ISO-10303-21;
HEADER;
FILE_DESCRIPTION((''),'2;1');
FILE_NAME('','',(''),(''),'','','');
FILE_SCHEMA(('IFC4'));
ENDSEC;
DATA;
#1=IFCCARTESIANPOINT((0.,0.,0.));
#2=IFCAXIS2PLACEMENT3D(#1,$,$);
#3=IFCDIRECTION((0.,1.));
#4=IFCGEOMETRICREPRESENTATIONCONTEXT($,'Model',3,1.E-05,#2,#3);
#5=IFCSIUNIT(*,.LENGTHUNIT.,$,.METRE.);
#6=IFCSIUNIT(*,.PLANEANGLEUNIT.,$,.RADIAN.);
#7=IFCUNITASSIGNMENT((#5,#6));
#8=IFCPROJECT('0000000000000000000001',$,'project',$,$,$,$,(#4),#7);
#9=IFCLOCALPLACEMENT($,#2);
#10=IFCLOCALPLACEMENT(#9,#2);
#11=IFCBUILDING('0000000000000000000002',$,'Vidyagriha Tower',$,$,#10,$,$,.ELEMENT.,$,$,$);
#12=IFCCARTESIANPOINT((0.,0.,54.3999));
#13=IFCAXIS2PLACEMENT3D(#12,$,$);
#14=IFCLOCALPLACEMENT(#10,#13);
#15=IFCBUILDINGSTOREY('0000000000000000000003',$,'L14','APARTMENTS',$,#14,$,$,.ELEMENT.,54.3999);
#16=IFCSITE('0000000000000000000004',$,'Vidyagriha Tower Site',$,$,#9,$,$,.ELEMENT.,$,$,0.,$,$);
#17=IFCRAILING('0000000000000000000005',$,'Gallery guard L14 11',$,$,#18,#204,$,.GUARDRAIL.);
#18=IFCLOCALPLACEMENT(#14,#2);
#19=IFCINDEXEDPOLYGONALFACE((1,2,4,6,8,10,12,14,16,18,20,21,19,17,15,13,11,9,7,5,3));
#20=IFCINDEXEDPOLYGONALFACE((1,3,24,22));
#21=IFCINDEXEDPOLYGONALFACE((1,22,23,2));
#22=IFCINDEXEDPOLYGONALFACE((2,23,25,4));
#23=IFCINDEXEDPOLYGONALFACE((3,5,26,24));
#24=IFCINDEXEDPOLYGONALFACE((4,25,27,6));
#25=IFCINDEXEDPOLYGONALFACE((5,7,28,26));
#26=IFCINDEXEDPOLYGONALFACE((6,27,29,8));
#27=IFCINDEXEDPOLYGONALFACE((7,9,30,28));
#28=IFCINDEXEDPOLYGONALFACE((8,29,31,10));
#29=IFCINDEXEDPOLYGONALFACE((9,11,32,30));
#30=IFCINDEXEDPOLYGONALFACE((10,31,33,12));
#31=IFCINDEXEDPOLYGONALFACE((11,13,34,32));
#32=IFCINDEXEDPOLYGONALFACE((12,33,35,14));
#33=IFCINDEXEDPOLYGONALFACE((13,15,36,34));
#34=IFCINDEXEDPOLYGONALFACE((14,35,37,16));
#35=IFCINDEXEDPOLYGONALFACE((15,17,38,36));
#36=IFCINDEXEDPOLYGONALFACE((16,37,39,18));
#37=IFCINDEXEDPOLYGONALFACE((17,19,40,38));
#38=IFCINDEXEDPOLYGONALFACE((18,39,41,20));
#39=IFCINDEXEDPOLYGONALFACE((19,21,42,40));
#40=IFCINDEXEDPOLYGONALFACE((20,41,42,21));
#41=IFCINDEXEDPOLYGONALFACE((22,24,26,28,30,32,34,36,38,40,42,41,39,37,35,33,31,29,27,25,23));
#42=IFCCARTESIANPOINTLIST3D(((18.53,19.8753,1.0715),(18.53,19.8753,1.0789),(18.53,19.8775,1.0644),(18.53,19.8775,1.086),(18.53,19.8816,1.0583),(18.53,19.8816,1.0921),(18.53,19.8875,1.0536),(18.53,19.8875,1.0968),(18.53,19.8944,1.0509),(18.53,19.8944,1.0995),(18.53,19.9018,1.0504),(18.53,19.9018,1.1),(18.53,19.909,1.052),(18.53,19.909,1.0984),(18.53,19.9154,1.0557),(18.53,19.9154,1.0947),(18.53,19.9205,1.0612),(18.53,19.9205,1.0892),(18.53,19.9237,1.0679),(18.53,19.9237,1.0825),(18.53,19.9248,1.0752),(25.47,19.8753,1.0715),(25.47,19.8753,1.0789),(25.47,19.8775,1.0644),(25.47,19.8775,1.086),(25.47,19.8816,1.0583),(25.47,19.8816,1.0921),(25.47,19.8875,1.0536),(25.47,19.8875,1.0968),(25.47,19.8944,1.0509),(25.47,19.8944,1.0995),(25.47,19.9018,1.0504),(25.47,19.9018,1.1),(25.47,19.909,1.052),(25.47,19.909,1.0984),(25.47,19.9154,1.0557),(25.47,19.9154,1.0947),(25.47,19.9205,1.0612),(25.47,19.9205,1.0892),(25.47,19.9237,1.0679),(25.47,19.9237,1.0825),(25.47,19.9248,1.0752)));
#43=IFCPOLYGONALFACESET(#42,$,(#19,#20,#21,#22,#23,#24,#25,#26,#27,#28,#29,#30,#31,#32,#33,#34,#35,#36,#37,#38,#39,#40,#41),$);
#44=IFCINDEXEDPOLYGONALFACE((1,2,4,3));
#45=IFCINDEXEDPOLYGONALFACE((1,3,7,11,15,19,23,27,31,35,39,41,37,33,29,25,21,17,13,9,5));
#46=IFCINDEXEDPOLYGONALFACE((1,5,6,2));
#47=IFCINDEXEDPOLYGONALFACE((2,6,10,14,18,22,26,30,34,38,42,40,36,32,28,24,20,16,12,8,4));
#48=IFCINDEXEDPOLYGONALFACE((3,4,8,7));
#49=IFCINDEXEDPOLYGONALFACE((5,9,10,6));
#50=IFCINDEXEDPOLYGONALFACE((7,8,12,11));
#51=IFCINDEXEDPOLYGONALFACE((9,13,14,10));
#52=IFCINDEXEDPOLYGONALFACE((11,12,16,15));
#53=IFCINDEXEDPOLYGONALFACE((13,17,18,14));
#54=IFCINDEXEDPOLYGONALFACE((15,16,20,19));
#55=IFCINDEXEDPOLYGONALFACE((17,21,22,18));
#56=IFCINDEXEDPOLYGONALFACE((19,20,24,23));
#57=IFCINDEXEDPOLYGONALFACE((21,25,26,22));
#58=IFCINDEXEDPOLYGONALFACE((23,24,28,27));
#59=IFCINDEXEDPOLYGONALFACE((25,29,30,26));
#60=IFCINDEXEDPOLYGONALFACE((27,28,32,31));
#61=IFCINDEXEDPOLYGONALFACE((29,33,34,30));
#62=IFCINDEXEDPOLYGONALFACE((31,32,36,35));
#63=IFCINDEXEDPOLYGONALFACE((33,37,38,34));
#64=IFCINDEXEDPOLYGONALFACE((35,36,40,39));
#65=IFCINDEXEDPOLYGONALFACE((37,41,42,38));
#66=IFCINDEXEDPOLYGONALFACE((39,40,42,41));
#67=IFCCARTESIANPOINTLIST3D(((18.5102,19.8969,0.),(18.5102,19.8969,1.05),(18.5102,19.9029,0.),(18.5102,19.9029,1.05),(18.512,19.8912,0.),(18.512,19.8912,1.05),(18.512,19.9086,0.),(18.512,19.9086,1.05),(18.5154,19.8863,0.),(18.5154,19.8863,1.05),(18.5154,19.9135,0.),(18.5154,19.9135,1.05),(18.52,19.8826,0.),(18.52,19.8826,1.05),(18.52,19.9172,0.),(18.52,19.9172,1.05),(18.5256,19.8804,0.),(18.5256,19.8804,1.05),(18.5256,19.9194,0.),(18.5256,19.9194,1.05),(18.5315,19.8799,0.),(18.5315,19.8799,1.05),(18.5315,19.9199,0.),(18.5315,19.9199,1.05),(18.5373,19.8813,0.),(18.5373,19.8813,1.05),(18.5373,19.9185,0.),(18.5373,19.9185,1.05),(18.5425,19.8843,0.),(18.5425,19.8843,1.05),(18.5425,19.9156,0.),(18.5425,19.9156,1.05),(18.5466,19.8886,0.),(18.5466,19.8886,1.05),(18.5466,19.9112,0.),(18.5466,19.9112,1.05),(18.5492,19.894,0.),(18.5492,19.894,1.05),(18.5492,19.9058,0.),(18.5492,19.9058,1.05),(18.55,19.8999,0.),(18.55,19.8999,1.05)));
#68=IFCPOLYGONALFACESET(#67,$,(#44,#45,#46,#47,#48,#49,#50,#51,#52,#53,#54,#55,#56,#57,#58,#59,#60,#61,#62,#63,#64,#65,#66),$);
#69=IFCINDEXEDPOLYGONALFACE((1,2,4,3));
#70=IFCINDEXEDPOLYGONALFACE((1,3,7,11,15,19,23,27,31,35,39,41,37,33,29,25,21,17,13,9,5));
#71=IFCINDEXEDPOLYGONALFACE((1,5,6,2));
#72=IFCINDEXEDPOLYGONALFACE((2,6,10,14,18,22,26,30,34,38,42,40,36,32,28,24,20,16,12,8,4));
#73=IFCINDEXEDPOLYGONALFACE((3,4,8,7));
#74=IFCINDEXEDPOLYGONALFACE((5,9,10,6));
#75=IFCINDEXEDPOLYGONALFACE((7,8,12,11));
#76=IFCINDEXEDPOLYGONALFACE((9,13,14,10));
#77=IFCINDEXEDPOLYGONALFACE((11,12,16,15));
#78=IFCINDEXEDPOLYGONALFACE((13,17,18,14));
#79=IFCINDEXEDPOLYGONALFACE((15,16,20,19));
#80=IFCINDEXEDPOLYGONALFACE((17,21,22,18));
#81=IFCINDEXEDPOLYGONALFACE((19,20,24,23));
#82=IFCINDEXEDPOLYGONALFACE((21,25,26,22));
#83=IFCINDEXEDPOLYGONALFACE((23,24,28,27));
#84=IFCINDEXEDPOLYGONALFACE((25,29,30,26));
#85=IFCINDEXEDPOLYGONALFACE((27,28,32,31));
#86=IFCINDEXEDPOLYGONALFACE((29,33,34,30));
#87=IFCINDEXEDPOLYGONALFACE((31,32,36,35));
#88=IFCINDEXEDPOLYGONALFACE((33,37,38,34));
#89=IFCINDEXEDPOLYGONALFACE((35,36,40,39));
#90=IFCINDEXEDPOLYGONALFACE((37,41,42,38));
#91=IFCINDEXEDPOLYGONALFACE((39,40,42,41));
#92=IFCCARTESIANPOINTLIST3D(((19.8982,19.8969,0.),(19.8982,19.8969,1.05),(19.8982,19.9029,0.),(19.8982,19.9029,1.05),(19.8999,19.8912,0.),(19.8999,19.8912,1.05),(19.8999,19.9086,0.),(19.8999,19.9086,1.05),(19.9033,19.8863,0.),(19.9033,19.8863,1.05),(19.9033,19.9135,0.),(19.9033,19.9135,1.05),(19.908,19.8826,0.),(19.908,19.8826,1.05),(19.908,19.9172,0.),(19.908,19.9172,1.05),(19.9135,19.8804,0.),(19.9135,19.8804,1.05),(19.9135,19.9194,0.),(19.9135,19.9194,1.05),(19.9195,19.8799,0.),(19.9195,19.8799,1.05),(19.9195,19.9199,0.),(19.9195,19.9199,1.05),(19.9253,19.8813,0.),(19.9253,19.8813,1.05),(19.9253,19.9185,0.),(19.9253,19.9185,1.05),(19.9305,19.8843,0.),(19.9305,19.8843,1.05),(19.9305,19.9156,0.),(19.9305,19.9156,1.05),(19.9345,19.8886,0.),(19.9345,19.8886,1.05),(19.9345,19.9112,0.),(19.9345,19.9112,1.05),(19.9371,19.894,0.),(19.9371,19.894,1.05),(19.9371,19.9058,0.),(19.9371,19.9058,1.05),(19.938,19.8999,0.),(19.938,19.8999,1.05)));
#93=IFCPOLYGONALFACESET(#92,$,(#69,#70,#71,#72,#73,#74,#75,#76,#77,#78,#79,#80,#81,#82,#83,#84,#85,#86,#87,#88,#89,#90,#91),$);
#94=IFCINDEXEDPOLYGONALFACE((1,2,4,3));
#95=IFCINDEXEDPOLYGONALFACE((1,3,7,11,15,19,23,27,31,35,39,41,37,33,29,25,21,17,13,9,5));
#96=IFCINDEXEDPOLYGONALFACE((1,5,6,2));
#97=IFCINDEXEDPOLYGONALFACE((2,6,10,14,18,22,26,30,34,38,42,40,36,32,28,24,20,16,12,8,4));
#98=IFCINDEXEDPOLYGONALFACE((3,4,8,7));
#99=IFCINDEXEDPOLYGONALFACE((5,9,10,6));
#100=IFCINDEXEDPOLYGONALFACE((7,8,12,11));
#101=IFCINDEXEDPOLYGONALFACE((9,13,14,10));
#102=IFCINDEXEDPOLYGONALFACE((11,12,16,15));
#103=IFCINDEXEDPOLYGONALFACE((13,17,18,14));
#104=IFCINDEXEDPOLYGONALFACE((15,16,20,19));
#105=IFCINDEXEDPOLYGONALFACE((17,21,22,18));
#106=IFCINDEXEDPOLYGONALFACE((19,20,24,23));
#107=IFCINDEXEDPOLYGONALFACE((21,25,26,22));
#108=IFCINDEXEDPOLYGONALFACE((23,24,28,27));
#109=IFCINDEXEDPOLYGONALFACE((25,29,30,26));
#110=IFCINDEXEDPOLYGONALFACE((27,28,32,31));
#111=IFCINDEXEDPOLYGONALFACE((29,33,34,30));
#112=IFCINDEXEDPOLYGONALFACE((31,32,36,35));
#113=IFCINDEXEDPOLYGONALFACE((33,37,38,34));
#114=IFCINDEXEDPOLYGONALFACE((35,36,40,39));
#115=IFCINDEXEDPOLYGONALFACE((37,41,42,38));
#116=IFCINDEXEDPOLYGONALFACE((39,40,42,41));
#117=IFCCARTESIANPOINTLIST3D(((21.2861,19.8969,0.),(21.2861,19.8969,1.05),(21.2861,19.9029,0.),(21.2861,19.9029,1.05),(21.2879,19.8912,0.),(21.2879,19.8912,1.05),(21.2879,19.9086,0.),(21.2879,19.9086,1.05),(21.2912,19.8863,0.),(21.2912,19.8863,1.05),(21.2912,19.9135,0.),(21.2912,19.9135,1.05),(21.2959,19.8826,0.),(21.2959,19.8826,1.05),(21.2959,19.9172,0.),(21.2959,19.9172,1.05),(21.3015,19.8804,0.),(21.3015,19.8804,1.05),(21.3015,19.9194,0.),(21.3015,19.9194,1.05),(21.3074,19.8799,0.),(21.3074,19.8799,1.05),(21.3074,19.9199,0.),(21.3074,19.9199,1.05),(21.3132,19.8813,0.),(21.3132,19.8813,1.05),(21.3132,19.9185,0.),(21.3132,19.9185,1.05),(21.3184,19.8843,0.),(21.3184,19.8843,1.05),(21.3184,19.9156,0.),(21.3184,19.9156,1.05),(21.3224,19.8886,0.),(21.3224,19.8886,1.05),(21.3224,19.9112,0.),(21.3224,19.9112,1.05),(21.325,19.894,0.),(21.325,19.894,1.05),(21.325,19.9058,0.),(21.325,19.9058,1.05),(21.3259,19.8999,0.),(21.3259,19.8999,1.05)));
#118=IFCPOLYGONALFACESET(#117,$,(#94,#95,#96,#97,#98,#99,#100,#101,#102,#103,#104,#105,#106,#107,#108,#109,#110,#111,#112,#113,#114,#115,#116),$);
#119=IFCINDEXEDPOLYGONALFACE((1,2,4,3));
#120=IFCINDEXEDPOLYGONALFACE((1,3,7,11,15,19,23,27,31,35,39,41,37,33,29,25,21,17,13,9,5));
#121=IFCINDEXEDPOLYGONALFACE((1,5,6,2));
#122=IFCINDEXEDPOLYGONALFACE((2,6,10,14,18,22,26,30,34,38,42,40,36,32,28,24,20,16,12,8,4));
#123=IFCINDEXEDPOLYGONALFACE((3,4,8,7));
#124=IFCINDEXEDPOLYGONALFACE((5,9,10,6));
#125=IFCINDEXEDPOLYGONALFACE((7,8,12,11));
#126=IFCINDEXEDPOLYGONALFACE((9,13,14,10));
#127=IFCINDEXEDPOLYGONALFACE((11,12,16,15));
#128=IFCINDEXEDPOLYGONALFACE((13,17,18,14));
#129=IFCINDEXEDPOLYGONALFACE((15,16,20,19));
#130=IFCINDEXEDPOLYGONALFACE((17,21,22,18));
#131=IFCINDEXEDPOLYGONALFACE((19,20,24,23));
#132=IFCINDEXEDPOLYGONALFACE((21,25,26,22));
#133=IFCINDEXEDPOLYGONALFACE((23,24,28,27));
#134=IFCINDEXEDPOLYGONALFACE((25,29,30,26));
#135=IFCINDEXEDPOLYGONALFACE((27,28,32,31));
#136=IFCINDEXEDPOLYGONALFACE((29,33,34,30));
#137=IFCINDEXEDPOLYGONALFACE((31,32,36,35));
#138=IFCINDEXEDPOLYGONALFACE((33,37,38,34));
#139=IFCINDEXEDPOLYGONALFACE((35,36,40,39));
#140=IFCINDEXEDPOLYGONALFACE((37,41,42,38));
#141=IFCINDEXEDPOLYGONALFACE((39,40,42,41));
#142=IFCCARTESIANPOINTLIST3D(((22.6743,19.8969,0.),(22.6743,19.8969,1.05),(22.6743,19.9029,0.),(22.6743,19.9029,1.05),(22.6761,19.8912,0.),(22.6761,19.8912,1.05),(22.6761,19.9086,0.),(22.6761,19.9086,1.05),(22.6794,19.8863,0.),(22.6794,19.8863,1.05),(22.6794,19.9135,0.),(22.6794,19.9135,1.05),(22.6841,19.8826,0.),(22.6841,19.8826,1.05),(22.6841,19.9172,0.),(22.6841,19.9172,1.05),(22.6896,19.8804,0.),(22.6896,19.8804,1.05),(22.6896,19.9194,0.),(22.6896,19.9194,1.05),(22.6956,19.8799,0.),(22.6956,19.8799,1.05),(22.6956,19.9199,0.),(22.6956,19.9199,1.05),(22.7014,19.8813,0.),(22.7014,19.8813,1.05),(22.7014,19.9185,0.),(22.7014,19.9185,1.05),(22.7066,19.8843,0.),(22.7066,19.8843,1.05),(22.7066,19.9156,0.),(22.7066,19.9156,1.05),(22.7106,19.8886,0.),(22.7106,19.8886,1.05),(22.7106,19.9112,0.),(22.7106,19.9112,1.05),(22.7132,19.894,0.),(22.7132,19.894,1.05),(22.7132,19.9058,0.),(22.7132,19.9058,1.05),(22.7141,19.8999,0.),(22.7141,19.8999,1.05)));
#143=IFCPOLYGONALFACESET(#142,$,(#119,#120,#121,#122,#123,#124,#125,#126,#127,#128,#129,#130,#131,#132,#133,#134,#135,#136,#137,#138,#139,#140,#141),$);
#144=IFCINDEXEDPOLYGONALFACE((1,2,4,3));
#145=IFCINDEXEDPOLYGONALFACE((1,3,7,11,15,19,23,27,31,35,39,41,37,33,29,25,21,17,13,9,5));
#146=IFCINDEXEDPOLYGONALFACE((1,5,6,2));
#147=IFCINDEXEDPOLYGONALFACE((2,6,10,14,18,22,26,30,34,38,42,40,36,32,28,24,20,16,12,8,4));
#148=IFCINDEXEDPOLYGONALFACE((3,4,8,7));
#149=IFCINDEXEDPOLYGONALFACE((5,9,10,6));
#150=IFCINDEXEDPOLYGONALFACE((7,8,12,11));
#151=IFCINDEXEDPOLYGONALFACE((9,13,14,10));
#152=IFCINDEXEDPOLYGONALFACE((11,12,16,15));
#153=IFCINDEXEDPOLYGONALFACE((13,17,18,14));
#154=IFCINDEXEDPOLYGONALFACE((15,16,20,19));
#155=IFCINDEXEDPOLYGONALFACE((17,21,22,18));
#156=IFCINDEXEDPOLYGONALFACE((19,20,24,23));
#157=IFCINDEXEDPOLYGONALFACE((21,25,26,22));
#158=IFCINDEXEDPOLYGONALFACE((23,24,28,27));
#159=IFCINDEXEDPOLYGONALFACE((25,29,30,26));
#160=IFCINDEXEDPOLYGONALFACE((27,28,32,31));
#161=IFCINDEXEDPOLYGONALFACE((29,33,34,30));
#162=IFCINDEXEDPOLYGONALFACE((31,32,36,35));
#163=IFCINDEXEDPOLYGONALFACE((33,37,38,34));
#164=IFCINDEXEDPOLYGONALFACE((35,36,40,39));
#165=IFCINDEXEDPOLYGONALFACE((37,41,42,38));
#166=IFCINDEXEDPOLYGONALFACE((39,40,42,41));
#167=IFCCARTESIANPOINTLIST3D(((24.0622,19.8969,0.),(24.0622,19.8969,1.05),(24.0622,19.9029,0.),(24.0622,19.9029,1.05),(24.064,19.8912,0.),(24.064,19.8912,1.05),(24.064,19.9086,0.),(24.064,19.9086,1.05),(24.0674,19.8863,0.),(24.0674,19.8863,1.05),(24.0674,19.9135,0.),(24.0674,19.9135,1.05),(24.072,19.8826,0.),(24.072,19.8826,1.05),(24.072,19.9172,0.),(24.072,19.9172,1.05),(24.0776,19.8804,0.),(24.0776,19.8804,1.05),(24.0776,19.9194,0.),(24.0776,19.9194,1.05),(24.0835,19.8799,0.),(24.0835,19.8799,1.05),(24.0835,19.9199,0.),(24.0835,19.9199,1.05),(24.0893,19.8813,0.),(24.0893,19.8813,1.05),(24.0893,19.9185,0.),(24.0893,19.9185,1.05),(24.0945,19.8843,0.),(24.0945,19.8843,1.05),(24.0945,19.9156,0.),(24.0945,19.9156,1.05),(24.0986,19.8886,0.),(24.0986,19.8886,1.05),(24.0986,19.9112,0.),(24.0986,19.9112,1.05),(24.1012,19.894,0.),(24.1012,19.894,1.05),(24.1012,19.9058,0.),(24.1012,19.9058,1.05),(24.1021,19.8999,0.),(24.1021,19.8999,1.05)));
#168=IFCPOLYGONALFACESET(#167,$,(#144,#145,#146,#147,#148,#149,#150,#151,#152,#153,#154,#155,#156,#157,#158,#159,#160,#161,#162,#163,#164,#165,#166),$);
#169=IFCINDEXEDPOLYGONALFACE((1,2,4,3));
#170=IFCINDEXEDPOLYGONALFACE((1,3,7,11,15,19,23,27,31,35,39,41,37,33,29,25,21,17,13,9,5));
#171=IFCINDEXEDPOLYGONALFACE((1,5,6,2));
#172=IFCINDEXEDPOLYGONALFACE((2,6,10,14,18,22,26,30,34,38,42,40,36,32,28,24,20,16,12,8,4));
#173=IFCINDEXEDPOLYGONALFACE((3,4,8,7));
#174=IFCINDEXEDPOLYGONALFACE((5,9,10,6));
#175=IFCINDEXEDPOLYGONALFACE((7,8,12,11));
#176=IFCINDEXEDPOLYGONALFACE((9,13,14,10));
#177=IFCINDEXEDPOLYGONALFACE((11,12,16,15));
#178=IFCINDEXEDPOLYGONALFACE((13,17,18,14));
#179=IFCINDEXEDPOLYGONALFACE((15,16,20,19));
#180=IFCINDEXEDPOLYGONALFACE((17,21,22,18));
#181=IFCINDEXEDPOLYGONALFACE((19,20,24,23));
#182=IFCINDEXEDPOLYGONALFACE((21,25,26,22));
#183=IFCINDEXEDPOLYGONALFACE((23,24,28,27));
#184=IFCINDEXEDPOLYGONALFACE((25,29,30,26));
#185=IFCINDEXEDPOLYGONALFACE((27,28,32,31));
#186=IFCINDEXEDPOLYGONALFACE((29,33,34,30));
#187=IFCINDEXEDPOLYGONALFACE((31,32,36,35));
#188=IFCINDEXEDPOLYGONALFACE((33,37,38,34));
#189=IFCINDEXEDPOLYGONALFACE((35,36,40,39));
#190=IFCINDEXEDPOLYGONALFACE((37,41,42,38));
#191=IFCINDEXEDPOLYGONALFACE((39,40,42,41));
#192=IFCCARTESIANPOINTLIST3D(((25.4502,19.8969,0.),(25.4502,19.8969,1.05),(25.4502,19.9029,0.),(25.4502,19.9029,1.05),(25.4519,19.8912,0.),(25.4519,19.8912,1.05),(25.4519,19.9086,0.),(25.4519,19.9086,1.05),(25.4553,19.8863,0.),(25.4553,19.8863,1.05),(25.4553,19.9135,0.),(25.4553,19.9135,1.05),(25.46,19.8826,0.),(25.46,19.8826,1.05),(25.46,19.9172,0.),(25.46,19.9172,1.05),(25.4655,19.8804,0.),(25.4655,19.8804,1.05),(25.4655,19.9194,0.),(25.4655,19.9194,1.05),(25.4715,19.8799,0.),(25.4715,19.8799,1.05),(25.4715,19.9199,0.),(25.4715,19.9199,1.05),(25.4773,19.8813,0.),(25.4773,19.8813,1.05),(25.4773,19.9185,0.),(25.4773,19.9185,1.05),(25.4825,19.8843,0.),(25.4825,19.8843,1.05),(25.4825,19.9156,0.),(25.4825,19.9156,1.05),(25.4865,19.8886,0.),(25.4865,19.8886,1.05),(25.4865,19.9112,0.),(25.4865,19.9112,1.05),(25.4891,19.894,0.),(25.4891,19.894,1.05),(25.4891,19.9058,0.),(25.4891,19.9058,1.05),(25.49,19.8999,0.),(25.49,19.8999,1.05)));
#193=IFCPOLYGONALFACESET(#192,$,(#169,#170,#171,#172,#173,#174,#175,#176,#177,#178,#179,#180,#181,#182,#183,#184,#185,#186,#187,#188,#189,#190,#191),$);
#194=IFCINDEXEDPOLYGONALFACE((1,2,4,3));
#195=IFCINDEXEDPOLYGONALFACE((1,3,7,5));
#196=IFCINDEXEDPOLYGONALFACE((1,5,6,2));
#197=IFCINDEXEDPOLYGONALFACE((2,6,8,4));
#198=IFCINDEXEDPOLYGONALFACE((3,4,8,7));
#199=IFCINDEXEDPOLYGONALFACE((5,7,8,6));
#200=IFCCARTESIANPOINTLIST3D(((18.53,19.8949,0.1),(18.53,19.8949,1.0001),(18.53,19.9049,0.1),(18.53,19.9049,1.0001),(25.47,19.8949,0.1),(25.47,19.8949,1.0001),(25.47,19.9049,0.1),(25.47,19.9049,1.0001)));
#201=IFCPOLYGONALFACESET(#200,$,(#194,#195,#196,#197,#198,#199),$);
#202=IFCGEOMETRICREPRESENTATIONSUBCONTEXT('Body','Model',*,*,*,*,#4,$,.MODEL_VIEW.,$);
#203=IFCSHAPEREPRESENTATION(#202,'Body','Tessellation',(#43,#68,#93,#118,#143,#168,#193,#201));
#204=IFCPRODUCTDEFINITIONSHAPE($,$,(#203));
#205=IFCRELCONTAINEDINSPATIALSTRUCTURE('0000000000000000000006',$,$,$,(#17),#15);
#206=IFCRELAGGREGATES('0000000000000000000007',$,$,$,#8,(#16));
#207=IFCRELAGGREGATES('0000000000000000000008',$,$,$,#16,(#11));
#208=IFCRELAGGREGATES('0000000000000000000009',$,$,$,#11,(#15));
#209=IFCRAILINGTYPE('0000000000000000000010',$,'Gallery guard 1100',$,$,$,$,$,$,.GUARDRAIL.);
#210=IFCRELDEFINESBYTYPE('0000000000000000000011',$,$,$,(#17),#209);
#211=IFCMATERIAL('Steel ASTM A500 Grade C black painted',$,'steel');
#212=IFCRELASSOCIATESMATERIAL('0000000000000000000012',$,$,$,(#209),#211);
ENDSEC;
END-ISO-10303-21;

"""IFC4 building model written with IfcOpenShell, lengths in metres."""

from ifc_helpers import new_model, si_unit, direction, frame, origin, origin_2d, place, context, subcontext, project, spatial, rectangle, circle, extrude, material, type_object, element, save


model = new_model("IFC4")

# Units and contexts
model_context = context("Model", 3, precision=1e-05, world=origin(), true_north=direction((0.0, 1.0)))
body_context = subcontext(model_context, "Body", "Model", "MODEL_VIEW")
ifc_project = project(units=[si_unit("LENGTHUNIT", "METRE"), si_unit("PLANEANGLEUNIT", "RADIAN")], contexts=[model_context])

# Site, building, storey
site_placement = place(None, origin())
site = spatial("IfcSite", under=ifc_project, at=site_placement, Name="Vidyagriha Tower Site", CompositionType="ELEMENT", RefElevation=0.0)
building_placement = place(site_placement, origin())
building = spatial("IfcBuilding", under=site, at=building_placement, Name="Vidyagriha Tower", CompositionType="ELEMENT")
storey_placement = place(building_placement, frame((0.0, 0.0, 54.3999)))
storey = spatial("IfcBuildingStorey", under=building, at=storey_placement, Name="L14", Description="APARTMENTS", CompositionType="ELEMENT", Elevation=54.3999)

# Railing
ifc_material_1 = material(Name="Steel ASTM A500 Grade C black painted", Category="steel")
railing_type = type_object("IfcRailingType", Name="Gallery guard 1100", PredefinedType="GUARDRAIL", material=ifc_material_1)
railing_1_placement = place(storey_placement, frame((18.53, 19.8999, 0.0)))
element("IfcRailing", 1, at=railing_1_placement, inside=storey, type_object=railing_type, Name="Gallery guard L14 11", PredefinedType="GUARDRAIL", context=body_context, shape_type="SweptSolid", body=[
    extrude(circle(Radius=0.0249, at=origin_2d()), frame((0.0, 0.0, 1.0752), z_axis=(1.0, 0.0, 0.0), x_axis=(0.0, 1.0, 0.0)), (0.0, 0.0, 1.0), 6.9399),
    extrude(circle(Radius=0.02, at=origin_2d()), origin(), (0.0, 0.0, 1.0), 1.05),
    extrude(circle(Radius=0.02, at=origin_2d()), frame((1.3879, 0.0, 0.0)), (0.0, 0.0, 1.0), 1.05),
    extrude(circle(Radius=0.02, at=origin_2d()), frame((2.7759, 0.0, 0.0)), (0.0, 0.0, 1.0), 1.05),
    extrude(circle(Radius=0.02, at=origin_2d()), frame((4.1641, 0.0, 0.0)), (0.0, 0.0, 1.0), 1.05),
    extrude(circle(Radius=0.02, at=origin_2d()), frame((5.552, 0.0, 0.0)), (0.0, 0.0, 1.0), 1.05),
    extrude(circle(Radius=0.02, at=origin_2d()), frame((6.9399, 0.0, 0.0)), (0.0, 0.0, 1.0), 1.05),
    extrude(rectangle(XDim=0.01, YDim=0.9001, at=origin_2d()), frame((0.0, 0.0, 0.55), z_axis=(1.0, 0.0, 0.0), x_axis=(0.0, 1.0, 0.0)), (0.0, 0.0, 1.0), 6.9399),
])

save(model, "model.ifc")
